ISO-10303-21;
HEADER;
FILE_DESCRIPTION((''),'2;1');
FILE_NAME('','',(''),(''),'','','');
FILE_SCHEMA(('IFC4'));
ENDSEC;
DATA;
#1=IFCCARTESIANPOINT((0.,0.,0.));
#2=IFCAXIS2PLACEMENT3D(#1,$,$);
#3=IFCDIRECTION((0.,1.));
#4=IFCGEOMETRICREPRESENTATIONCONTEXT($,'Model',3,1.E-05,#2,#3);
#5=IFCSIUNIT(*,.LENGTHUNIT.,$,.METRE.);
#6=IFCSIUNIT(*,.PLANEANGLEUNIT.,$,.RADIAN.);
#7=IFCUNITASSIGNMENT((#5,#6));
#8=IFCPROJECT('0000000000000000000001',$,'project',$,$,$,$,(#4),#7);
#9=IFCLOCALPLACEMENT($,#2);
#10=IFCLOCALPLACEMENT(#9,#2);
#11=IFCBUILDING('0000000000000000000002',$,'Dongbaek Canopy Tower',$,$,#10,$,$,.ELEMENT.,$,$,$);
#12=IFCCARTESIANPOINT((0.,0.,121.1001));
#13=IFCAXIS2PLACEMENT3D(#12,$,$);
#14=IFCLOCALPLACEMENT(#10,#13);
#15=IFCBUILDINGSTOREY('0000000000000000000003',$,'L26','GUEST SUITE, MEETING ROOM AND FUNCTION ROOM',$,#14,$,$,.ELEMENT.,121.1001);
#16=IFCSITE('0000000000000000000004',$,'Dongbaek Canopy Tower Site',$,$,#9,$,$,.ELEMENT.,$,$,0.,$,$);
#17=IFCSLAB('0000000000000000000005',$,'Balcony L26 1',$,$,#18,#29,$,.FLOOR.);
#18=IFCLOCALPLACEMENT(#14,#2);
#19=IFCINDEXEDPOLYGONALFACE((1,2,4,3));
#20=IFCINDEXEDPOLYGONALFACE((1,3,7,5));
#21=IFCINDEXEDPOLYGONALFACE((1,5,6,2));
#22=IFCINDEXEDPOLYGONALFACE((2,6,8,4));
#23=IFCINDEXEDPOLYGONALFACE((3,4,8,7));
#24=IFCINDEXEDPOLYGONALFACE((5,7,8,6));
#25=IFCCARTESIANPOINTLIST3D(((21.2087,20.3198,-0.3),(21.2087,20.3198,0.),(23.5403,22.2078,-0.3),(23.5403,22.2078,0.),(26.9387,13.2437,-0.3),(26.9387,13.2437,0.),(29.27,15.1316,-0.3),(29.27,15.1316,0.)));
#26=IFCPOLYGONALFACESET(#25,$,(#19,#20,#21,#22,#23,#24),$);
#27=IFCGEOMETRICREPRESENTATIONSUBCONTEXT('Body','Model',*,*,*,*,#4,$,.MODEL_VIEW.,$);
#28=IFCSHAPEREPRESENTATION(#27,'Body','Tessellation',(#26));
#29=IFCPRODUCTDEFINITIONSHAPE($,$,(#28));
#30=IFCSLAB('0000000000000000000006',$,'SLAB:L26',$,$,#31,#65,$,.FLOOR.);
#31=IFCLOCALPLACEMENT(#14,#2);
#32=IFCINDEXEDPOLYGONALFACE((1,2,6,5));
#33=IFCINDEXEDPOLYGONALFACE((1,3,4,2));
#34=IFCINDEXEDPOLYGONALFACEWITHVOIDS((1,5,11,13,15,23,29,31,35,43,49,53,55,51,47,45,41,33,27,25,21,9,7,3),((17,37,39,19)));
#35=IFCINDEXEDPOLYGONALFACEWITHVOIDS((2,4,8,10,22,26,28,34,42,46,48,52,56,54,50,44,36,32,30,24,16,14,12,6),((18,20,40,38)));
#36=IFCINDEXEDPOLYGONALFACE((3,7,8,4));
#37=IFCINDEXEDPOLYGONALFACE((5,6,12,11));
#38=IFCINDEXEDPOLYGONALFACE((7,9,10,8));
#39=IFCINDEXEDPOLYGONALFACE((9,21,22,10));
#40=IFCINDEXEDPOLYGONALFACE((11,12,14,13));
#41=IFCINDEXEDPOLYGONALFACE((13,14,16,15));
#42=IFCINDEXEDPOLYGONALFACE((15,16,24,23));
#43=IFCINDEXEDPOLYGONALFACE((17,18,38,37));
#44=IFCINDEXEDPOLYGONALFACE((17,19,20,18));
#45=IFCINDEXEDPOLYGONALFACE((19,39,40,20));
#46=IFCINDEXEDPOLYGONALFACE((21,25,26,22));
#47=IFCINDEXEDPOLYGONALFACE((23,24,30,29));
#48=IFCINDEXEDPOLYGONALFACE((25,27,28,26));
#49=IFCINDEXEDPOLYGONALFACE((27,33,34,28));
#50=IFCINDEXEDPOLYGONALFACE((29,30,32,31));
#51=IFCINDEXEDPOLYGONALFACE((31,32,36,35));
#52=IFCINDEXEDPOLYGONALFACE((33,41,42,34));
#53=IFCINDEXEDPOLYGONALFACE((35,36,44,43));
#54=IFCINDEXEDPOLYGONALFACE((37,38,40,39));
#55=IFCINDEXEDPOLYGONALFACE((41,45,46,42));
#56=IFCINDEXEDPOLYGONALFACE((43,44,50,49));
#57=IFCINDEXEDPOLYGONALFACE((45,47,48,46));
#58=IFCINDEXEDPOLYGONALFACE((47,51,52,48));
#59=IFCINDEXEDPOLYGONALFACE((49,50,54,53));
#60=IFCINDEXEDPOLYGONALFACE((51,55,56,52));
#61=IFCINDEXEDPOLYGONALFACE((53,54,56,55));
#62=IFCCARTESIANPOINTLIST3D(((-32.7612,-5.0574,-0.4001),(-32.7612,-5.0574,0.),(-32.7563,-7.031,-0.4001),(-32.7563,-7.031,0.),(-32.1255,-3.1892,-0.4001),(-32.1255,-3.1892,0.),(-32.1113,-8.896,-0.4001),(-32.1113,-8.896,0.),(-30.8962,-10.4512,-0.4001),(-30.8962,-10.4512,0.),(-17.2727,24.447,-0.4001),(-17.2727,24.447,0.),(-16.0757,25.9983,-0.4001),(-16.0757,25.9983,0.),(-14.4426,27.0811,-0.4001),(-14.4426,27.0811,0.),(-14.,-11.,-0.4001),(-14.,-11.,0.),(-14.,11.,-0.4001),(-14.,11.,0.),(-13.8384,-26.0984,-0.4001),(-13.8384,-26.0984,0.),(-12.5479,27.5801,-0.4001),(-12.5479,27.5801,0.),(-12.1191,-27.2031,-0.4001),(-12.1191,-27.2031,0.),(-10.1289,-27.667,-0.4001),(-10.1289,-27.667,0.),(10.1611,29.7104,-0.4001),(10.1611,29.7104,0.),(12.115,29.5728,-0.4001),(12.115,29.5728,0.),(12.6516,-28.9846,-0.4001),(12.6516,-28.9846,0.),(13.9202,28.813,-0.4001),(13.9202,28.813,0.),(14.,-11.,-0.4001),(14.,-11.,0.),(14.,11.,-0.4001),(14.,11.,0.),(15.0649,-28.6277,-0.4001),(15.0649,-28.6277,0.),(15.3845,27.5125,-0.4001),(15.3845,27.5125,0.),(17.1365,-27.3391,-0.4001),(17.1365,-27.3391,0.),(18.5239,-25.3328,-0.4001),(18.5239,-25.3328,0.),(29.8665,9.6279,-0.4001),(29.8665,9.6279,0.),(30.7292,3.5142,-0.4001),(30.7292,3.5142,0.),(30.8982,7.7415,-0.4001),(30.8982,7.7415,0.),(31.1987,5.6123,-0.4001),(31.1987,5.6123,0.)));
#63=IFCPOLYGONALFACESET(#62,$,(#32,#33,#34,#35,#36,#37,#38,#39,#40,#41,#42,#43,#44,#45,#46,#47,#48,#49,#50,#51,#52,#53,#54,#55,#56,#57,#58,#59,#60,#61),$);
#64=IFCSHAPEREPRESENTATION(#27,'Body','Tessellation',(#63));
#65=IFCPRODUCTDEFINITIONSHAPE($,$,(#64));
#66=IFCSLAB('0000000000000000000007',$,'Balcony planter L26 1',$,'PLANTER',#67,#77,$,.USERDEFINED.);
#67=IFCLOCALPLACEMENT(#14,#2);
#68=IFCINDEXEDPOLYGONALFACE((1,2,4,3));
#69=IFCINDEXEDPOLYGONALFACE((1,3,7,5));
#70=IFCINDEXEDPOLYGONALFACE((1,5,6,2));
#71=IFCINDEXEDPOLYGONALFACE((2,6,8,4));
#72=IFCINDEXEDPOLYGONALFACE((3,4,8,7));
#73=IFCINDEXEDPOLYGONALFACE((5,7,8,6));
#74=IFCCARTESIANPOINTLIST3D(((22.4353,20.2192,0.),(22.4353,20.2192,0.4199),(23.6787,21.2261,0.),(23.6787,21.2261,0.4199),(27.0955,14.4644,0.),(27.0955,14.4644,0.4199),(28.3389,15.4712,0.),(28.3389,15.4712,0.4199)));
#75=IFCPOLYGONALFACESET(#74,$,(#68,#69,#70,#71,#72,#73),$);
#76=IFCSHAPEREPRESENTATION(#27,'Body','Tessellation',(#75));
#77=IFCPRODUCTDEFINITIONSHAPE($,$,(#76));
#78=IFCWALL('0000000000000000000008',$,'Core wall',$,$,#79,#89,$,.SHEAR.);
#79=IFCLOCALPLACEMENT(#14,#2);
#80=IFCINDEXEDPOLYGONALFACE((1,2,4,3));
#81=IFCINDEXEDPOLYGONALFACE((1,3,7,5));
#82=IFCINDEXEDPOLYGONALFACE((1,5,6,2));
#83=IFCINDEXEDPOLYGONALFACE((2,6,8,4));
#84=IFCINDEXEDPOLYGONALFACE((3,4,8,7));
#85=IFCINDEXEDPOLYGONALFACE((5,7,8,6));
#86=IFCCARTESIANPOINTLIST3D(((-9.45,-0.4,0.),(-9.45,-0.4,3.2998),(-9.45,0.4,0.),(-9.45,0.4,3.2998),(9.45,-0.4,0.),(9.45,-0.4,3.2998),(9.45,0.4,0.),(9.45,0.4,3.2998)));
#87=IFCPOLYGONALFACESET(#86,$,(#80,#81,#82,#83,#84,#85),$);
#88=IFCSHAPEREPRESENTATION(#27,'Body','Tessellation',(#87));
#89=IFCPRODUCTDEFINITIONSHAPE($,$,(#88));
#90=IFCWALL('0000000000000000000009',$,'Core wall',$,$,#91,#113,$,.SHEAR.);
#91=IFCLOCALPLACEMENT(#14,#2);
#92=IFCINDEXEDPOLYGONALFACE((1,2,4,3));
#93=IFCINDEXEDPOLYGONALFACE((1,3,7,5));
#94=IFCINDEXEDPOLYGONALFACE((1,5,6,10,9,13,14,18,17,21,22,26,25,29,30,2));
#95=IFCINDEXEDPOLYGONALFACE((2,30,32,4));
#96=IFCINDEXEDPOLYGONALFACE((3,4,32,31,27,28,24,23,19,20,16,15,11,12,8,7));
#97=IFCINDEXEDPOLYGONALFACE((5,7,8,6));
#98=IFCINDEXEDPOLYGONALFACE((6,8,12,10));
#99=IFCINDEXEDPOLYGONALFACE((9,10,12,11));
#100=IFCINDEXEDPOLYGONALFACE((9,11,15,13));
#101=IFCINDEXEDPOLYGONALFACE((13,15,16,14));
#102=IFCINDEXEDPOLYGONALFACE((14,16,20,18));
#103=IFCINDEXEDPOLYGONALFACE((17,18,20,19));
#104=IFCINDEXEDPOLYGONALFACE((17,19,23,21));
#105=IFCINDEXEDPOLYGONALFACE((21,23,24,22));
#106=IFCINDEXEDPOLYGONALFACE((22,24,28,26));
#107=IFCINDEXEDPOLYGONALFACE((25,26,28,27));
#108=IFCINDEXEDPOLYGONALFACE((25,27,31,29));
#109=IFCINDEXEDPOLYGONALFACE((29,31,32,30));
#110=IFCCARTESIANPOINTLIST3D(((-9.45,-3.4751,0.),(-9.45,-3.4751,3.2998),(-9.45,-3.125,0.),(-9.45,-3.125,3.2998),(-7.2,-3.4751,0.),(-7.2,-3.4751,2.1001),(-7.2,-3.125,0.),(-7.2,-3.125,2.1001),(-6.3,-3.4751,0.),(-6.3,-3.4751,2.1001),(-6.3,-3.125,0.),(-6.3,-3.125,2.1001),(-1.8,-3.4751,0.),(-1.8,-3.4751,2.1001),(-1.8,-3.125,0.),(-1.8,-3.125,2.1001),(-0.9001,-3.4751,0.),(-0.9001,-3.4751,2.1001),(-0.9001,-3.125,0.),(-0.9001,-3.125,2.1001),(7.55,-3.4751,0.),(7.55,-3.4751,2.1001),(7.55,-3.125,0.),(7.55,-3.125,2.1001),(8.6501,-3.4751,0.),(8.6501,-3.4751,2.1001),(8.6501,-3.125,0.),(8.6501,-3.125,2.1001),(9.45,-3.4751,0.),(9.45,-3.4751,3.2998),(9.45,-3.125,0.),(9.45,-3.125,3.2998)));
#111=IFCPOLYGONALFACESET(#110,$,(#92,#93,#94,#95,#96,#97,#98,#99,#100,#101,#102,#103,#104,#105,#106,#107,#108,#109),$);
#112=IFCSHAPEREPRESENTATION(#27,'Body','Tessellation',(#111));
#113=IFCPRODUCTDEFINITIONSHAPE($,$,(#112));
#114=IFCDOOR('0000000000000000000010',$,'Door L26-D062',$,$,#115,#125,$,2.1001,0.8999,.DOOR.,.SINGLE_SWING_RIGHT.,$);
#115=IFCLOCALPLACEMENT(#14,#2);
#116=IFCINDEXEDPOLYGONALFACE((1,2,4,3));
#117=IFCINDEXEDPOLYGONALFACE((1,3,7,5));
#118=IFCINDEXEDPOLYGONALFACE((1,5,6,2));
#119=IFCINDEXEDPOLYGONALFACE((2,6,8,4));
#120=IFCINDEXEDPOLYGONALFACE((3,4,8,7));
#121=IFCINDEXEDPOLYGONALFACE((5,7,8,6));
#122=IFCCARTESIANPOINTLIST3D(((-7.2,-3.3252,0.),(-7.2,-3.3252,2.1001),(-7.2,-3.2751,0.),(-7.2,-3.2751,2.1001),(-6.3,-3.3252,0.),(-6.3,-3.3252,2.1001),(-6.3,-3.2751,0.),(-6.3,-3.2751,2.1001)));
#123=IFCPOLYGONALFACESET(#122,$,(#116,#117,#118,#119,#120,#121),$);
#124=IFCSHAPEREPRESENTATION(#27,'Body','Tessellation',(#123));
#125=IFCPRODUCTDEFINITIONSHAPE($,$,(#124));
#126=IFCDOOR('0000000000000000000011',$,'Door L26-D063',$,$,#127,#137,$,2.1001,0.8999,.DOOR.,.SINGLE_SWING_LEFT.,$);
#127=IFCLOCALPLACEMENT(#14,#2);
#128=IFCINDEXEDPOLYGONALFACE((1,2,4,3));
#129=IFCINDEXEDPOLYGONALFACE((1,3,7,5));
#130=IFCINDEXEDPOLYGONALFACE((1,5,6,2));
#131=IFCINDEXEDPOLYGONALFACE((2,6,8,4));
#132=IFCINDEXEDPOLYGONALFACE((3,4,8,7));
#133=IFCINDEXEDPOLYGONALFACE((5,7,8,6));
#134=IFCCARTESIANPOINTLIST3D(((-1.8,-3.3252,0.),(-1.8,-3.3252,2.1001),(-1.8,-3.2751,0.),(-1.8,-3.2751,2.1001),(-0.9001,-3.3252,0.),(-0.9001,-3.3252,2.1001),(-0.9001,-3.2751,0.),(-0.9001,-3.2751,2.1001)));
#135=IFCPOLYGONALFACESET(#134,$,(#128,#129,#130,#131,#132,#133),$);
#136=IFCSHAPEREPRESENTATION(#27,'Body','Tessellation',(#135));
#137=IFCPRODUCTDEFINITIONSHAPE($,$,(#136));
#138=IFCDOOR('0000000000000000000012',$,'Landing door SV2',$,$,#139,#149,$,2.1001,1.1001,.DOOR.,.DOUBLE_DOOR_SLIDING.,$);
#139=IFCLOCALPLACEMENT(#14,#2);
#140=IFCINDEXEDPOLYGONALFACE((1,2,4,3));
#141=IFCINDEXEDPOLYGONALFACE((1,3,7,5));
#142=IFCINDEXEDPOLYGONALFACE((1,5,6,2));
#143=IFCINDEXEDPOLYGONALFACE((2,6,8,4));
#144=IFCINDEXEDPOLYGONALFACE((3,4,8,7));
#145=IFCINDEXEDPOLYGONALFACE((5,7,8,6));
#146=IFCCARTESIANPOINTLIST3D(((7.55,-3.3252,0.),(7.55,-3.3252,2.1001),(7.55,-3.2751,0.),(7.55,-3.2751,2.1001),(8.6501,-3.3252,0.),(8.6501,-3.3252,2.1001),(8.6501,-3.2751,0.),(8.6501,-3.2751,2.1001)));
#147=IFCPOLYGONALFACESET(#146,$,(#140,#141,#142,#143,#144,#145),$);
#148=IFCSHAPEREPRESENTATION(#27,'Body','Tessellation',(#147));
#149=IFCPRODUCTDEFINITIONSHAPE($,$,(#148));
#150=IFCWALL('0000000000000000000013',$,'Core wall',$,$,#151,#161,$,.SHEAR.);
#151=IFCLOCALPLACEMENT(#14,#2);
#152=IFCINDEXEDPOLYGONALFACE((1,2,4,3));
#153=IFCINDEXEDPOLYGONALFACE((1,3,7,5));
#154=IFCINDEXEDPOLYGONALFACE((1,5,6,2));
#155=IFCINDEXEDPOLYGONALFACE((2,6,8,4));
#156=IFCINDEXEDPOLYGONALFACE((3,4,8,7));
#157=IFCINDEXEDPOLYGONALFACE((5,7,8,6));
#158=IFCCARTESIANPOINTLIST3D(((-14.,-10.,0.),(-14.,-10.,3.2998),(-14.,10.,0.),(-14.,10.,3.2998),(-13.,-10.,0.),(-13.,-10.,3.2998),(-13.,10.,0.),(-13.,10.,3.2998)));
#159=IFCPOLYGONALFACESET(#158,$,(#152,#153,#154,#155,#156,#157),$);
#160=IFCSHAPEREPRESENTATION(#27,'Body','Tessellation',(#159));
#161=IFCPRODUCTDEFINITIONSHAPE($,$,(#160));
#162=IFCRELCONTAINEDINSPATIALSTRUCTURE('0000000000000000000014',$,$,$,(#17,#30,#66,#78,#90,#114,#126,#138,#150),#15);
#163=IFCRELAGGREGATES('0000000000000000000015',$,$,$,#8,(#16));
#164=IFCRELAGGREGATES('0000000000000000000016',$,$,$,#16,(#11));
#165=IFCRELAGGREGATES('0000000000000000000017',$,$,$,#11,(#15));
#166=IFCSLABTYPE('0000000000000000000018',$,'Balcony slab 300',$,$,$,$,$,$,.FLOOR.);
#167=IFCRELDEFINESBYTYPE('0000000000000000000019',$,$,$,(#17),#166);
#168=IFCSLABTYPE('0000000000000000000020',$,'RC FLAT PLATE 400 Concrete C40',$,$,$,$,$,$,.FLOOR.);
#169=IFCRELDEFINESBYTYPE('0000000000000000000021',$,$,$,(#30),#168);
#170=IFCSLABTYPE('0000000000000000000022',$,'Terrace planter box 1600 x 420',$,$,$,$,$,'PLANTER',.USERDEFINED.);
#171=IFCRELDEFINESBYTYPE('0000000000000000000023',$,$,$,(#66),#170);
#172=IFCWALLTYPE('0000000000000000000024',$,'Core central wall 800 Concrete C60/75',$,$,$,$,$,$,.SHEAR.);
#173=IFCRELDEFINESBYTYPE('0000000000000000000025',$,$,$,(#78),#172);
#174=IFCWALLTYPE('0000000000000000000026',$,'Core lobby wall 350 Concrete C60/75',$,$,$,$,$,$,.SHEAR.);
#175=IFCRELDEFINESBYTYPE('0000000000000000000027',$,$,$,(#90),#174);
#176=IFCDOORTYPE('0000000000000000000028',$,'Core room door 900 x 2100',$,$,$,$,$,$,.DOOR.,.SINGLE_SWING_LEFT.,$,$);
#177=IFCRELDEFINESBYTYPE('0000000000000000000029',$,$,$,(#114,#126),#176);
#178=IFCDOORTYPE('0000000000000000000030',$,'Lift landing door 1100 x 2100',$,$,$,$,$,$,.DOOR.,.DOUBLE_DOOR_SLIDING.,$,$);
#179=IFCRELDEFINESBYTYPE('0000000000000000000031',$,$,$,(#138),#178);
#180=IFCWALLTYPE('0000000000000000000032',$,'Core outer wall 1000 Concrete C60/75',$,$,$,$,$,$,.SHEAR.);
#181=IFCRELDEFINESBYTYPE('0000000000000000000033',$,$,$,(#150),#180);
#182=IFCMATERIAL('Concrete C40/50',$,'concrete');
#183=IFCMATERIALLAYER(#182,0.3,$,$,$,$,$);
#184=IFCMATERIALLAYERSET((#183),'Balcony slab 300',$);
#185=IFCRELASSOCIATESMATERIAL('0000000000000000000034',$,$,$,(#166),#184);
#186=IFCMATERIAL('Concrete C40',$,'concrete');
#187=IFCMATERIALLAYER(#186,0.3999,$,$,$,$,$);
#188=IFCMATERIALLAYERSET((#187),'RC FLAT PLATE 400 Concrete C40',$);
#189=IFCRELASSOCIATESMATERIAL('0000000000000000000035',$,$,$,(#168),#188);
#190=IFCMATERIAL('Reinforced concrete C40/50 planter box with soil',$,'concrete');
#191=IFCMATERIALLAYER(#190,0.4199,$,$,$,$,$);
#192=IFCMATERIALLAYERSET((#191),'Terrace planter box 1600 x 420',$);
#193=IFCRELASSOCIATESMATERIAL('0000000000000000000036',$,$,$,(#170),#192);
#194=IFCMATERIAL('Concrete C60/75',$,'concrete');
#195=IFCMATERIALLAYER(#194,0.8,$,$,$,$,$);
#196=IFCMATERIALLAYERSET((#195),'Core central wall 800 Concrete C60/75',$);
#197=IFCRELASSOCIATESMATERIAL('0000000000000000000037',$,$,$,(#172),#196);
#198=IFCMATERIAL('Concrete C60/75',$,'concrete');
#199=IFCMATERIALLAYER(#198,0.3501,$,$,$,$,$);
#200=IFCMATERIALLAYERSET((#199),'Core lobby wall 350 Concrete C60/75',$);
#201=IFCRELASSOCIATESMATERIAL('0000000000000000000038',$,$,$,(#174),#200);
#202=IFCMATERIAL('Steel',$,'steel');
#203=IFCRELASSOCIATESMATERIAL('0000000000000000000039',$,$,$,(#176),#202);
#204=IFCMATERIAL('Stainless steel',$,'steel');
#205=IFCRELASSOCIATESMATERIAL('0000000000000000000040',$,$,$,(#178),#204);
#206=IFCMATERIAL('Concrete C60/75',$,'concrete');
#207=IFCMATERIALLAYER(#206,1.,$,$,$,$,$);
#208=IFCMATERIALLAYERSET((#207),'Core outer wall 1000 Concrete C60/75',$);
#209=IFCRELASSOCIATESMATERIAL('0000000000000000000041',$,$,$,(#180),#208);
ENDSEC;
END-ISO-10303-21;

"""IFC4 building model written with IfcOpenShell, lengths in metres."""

from ifc_helpers import new_model, si_unit, direction, frame, frame_2d, origin, place, context, subcontext, project, spatial, polyline, rectangle, outline, extrude, material, layer, layer_set, type_object, element, fill, save


model = new_model("IFC4")

# Units and contexts
model_context = context("Model", 3, precision=1e-05, world=origin(), true_north=direction((0.0, 1.0)))
body_context = subcontext(model_context, "Body", "Model", "MODEL_VIEW")
ifc_project = project(units=[si_unit("LENGTHUNIT", "METRE"), si_unit("PLANEANGLEUNIT", "RADIAN")], contexts=[model_context])

# Site, building, storey
site_placement = place(None, origin())
site = spatial("IfcSite", under=ifc_project, at=site_placement, Name="Dongbaek Canopy Tower Site", CompositionType="ELEMENT", RefElevation=0.0)
building_placement = place(site_placement, origin())
building = spatial("IfcBuilding", under=site, at=building_placement, Name="Dongbaek Canopy Tower", CompositionType="ELEMENT")
storey_placement = place(building_placement, frame((0.0, 0.0, 121.1001)))
storey = spatial("IfcBuildingStorey", under=building, at=storey_placement, Name="L26", Description="GUEST SUITE, MEETING ROOM AND FUNCTION ROOM", CompositionType="ELEMENT", Elevation=121.1001)

# Slabs
ifc_material_1 = material(Name="Concrete C40/50", Category="concrete")
ifc_layer_1 = layer(ifc_material_1, 0.3)
ifc_layer_set_1 = layer_set([ifc_layer_1], Name="Balcony slab 300")
slab_type_1 = type_object("IfcSlabType", Name="Balcony slab 300", PredefinedType="FLOOR", material=ifc_layer_set_1)
slab_1_placement = place(storey_placement, frame((0.0, 0.0, -0.3)))
element("IfcSlab", 1, at=slab_1_placement, inside=storey, type_object=slab_type_1, Name="Balcony L26 1", PredefinedType="FLOOR", context=body_context, shape_type="SweptSolid", body=[
    extrude(outline(polyline([(26.9387, 13.2437), (21.2087, 20.3198), (23.5403, 22.2078), (29.27, 15.1316), (26.9387, 13.2437)])), origin(), (0.0, 0.0, 1.0), 0.3),
])
ifc_material_2 = material(Name="Concrete C40", Category="concrete")
ifc_layer_2 = layer(ifc_material_2, 0.3999)
ifc_layer_set_2 = layer_set([ifc_layer_2], Name="RC FLAT PLATE 400 Concrete C40")
slab_type_2 = type_object("IfcSlabType", Name="RC FLAT PLATE 400 Concrete C40", PredefinedType="FLOOR", material=ifc_layer_set_2)
slab_2_placement = place(storey_placement, frame((0.0, 0.0, -0.4001)))
element("IfcSlab", 2, at=slab_2_placement, inside=storey, type_object=slab_type_2, Name="SLAB:L26", PredefinedType="FLOOR", context=body_context, shape_type="SweptSolid", body=[
    extrude(outline(polyline([(18.5239, -25.3328), (17.1365, -27.3391), (15.0649, -28.6277), (12.6516, -28.9846), (-10.1289, -27.667), (-12.1191, -27.2031), (-13.8384, -26.0984), (-30.8962, -10.4512), (-32.1113, -8.896), (-32.7563, -7.031), (-32.7612, -5.0574), (-32.1255, -3.1892), (-17.2727, 24.447), (-16.0757, 25.9983), (-14.4426, 27.0811), (-12.5479, 27.5801), (10.1611, 29.7104), (12.115, 29.5728), (13.9202, 28.813), (15.3845, 27.5125), (29.8665, 9.6279), (30.8982, 7.7415), (31.1987, 5.6123), (30.7292, 3.5142), (18.5239, -25.3328)]), holes=[polyline([(14.0, 11.0), (-14.0, 11.0), (-14.0, -11.0), (14.0, -11.0), (14.0, 11.0)])]), origin(), (0.0, 0.0, 1.0), 0.4001),
])
ifc_material_3 = material(Name="Reinforced concrete C40/50 planter box with soil", Category="concrete")
ifc_layer_3 = layer(ifc_material_3, 0.4199)
ifc_layer_set_3 = layer_set([ifc_layer_3], Name="Terrace planter box 1600 x 420")
slab_type_3 = type_object("IfcSlabType", Name="Terrace planter box 1600 x 420", ElementType="PLANTER", PredefinedType="USERDEFINED", material=ifc_layer_set_3)
slab_3_placement = place(storey_placement, origin())
element("IfcSlab", 3, at=slab_3_placement, inside=storey, type_object=slab_type_3, Name="Balcony planter L26 1", ObjectType="PLANTER", PredefinedType="USERDEFINED", context=body_context, shape_type="SweptSolid", body=[
    extrude(outline(polyline([(27.0955, 14.4644), (22.4353, 20.2192), (23.6787, 21.2261), (28.3389, 15.4712), (27.0955, 14.4644)])), origin(), (0.0, 0.0, 1.0), 0.4199),
])

# Wall
ifc_material_4 = material(Name="Concrete C60/75", Category="concrete")
ifc_layer_4 = layer(ifc_material_4, 0.8)
ifc_layer_set_4 = layer_set([ifc_layer_4], Name="Core central wall 800 Concrete C60/75")
wall_type_1 = type_object("IfcWallType", Name="Core central wall 800 Concrete C60/75", PredefinedType="SHEAR", material=ifc_layer_set_4)
wall_1_placement = place(storey_placement, frame((-9.45, 0.0, 0.0), z_axis=(0.0, 0.0, 1.0), x_axis=(1.0, 0.0, 0.0)))
element("IfcWall", 4, at=wall_1_placement, inside=storey, type_object=wall_type_1, Name="Core wall", PredefinedType="SHEAR", context=body_context, shape_type="SweptSolid", body=[
    extrude(rectangle(XDim=18.8999, YDim=0.8, at=frame_2d((9.45, 0.0))), origin(), (0.0, 0.0, 1.0), 3.2998),
])

# Wall, openings, doors
ifc_material_5 = material(Name="Concrete C60/75", Category="concrete")
ifc_layer_5 = layer(ifc_material_5, 0.3501)
ifc_layer_set_5 = layer_set([ifc_layer_5], Name="Core lobby wall 350 Concrete C60/75")
wall_type_2 = type_object("IfcWallType", Name="Core lobby wall 350 Concrete C60/75", PredefinedType="SHEAR", material=ifc_layer_set_5)
wall_2_placement = place(storey_placement, frame((-9.45, -3.3, 0.0), z_axis=(0.0, 0.0, 1.0), x_axis=(1.0, 0.0, 0.0)))
wall_2 = element("IfcWall", 5, at=wall_2_placement, inside=storey, type_object=wall_type_2, Name="Core wall", PredefinedType="SHEAR", context=body_context, shape_type="SweptSolid", body=[
    extrude(rectangle(XDim=18.8999, YDim=0.3501, at=frame_2d((9.45, 0.0))), origin(), (0.0, 0.0, 1.0), 3.2998),
])
opening_1_placement = place(wall_2_placement, frame((17.0, 0.0, 0.0)))
opening_1 = element("IfcOpeningElement", 6, at=opening_1_placement, cuts=wall_2, PredefinedType="OPENING", context=body_context, shape_type="SweptSolid", body=[
    extrude(rectangle(XDim=1.1001, YDim=2.1001, at=frame_2d((0.55, 1.05))), frame((0.0, 0.1851, 0.0), z_axis=(0.0, -1.0, 0.0), x_axis=(1.0, 0.0, 0.0)), (0.0, 0.0, 1.0), 0.3701),
])
opening_2_placement = place(wall_2_placement, frame((2.25, 0.0, 0.0)))
opening_2 = element("IfcOpeningElement", 7, at=opening_2_placement, cuts=wall_2, PredefinedType="OPENING", context=body_context, shape_type="SweptSolid", body=[
    extrude(rectangle(XDim=0.8999, YDim=2.1001, at=frame_2d((0.45, 1.05))), frame((0.0, 0.1851, 0.0), z_axis=(0.0, -1.0, 0.0), x_axis=(1.0, 0.0, 0.0)), (0.0, 0.0, 1.0), 0.3701),
])
opening_3_placement = place(wall_2_placement, frame((7.6499, 0.0, 0.0)))
opening_3 = element("IfcOpeningElement", 8, at=opening_3_placement, cuts=wall_2, PredefinedType="OPENING", context=body_context, shape_type="SweptSolid", body=[
    extrude(rectangle(XDim=0.8999, YDim=2.1001, at=frame_2d((0.45, 1.05))), frame((0.0, 0.1851, 0.0), z_axis=(0.0, -1.0, 0.0), x_axis=(1.0, 0.0, 0.0)), (0.0, 0.0, 1.0), 0.3701),
])
ifc_material_6 = material(Name="Steel", Category="steel")
door_type_1 = type_object("IfcDoorType", Name="Core room door 900 x 2100", OperationType="SINGLE_SWING_LEFT", PredefinedType="DOOR", material=ifc_material_6)
door_1_placement = place(opening_2_placement, origin())
door_1 = element("IfcDoor", 9, at=door_1_placement, inside=storey, type_object=door_type_1, Name="Door L26-D062", OperationType="SINGLE_SWING_RIGHT", OverallHeight=2.1001, OverallWidth=0.8999, PredefinedType="DOOR", context=body_context, shape_type="SweptSolid", body=[
    extrude(rectangle(XDim=0.8999, YDim=2.1001, at=frame_2d((0.45, 1.05))), frame((0.0, 0.0249, 0.0), z_axis=(0.0, -1.0, 0.0), x_axis=(1.0, 0.0, 0.0)), (0.0, 0.0, 1.0), 0.05),
])
fill(opening_2, door_1)
door_2_placement = place(opening_3_placement, origin())
door_2 = element("IfcDoor", 10, at=door_2_placement, inside=storey, type_object=door_type_1, Name="Door L26-D063", OperationType="SINGLE_SWING_LEFT", OverallHeight=2.1001, OverallWidth=0.8999, PredefinedType="DOOR", context=body_context, shape_type="SweptSolid", body=[
    extrude(rectangle(XDim=0.8999, YDim=2.1001, at=frame_2d((0.45, 1.05))), frame((0.0, 0.0249, 0.0), z_axis=(0.0, -1.0, 0.0), x_axis=(1.0, 0.0, 0.0)), (0.0, 0.0, 1.0), 0.05),
])
fill(opening_3, door_2)
ifc_material_7 = material(Name="Stainless steel", Category="steel")
door_type_2 = type_object("IfcDoorType", Name="Lift landing door 1100 x 2100", OperationType="DOUBLE_DOOR_SLIDING", PredefinedType="DOOR", material=ifc_material_7)
door_3_placement = place(opening_1_placement, origin())
door_3 = element("IfcDoor", 11, at=door_3_placement, inside=storey, type_object=door_type_2, Name="Landing door SV2", OperationType="DOUBLE_DOOR_SLIDING", OverallHeight=2.1001, OverallWidth=1.1001, PredefinedType="DOOR", context=body_context, shape_type="SweptSolid", body=[
    extrude(rectangle(XDim=1.1001, YDim=2.1001, at=frame_2d((0.55, 1.05))), frame((0.0, 0.0249, 0.0), z_axis=(0.0, -1.0, 0.0), x_axis=(1.0, 0.0, 0.0)), (0.0, 0.0, 1.0), 0.05),
])
fill(opening_1, door_3)

# Wall
ifc_material_8 = material(Name="Concrete C60/75", Category="concrete")
ifc_layer_6 = layer(ifc_material_8, 1.0)
ifc_layer_set_6 = layer_set([ifc_layer_6], Name="Core outer wall 1000 Concrete C60/75")
wall_type_3 = type_object("IfcWallType", Name="Core outer wall 1000 Concrete C60/75", PredefinedType="SHEAR", material=ifc_layer_set_6)
wall_3_placement = place(storey_placement, frame((-13.5, -10.0, 0.0), z_axis=(0.0, 0.0, 1.0), x_axis=(0.0, 1.0, 0.0)))
element("IfcWall", 12, at=wall_3_placement, inside=storey, type_object=wall_type_3, Name="Core wall", PredefinedType="SHEAR", context=body_context, shape_type="SweptSolid", body=[
    extrude(rectangle(XDim=20.0, YDim=1.0, at=frame_2d((10.0, 0.0))), origin(), (0.0, 0.0, 1.0), 3.2998),
])

save(model, "model.ifc")
